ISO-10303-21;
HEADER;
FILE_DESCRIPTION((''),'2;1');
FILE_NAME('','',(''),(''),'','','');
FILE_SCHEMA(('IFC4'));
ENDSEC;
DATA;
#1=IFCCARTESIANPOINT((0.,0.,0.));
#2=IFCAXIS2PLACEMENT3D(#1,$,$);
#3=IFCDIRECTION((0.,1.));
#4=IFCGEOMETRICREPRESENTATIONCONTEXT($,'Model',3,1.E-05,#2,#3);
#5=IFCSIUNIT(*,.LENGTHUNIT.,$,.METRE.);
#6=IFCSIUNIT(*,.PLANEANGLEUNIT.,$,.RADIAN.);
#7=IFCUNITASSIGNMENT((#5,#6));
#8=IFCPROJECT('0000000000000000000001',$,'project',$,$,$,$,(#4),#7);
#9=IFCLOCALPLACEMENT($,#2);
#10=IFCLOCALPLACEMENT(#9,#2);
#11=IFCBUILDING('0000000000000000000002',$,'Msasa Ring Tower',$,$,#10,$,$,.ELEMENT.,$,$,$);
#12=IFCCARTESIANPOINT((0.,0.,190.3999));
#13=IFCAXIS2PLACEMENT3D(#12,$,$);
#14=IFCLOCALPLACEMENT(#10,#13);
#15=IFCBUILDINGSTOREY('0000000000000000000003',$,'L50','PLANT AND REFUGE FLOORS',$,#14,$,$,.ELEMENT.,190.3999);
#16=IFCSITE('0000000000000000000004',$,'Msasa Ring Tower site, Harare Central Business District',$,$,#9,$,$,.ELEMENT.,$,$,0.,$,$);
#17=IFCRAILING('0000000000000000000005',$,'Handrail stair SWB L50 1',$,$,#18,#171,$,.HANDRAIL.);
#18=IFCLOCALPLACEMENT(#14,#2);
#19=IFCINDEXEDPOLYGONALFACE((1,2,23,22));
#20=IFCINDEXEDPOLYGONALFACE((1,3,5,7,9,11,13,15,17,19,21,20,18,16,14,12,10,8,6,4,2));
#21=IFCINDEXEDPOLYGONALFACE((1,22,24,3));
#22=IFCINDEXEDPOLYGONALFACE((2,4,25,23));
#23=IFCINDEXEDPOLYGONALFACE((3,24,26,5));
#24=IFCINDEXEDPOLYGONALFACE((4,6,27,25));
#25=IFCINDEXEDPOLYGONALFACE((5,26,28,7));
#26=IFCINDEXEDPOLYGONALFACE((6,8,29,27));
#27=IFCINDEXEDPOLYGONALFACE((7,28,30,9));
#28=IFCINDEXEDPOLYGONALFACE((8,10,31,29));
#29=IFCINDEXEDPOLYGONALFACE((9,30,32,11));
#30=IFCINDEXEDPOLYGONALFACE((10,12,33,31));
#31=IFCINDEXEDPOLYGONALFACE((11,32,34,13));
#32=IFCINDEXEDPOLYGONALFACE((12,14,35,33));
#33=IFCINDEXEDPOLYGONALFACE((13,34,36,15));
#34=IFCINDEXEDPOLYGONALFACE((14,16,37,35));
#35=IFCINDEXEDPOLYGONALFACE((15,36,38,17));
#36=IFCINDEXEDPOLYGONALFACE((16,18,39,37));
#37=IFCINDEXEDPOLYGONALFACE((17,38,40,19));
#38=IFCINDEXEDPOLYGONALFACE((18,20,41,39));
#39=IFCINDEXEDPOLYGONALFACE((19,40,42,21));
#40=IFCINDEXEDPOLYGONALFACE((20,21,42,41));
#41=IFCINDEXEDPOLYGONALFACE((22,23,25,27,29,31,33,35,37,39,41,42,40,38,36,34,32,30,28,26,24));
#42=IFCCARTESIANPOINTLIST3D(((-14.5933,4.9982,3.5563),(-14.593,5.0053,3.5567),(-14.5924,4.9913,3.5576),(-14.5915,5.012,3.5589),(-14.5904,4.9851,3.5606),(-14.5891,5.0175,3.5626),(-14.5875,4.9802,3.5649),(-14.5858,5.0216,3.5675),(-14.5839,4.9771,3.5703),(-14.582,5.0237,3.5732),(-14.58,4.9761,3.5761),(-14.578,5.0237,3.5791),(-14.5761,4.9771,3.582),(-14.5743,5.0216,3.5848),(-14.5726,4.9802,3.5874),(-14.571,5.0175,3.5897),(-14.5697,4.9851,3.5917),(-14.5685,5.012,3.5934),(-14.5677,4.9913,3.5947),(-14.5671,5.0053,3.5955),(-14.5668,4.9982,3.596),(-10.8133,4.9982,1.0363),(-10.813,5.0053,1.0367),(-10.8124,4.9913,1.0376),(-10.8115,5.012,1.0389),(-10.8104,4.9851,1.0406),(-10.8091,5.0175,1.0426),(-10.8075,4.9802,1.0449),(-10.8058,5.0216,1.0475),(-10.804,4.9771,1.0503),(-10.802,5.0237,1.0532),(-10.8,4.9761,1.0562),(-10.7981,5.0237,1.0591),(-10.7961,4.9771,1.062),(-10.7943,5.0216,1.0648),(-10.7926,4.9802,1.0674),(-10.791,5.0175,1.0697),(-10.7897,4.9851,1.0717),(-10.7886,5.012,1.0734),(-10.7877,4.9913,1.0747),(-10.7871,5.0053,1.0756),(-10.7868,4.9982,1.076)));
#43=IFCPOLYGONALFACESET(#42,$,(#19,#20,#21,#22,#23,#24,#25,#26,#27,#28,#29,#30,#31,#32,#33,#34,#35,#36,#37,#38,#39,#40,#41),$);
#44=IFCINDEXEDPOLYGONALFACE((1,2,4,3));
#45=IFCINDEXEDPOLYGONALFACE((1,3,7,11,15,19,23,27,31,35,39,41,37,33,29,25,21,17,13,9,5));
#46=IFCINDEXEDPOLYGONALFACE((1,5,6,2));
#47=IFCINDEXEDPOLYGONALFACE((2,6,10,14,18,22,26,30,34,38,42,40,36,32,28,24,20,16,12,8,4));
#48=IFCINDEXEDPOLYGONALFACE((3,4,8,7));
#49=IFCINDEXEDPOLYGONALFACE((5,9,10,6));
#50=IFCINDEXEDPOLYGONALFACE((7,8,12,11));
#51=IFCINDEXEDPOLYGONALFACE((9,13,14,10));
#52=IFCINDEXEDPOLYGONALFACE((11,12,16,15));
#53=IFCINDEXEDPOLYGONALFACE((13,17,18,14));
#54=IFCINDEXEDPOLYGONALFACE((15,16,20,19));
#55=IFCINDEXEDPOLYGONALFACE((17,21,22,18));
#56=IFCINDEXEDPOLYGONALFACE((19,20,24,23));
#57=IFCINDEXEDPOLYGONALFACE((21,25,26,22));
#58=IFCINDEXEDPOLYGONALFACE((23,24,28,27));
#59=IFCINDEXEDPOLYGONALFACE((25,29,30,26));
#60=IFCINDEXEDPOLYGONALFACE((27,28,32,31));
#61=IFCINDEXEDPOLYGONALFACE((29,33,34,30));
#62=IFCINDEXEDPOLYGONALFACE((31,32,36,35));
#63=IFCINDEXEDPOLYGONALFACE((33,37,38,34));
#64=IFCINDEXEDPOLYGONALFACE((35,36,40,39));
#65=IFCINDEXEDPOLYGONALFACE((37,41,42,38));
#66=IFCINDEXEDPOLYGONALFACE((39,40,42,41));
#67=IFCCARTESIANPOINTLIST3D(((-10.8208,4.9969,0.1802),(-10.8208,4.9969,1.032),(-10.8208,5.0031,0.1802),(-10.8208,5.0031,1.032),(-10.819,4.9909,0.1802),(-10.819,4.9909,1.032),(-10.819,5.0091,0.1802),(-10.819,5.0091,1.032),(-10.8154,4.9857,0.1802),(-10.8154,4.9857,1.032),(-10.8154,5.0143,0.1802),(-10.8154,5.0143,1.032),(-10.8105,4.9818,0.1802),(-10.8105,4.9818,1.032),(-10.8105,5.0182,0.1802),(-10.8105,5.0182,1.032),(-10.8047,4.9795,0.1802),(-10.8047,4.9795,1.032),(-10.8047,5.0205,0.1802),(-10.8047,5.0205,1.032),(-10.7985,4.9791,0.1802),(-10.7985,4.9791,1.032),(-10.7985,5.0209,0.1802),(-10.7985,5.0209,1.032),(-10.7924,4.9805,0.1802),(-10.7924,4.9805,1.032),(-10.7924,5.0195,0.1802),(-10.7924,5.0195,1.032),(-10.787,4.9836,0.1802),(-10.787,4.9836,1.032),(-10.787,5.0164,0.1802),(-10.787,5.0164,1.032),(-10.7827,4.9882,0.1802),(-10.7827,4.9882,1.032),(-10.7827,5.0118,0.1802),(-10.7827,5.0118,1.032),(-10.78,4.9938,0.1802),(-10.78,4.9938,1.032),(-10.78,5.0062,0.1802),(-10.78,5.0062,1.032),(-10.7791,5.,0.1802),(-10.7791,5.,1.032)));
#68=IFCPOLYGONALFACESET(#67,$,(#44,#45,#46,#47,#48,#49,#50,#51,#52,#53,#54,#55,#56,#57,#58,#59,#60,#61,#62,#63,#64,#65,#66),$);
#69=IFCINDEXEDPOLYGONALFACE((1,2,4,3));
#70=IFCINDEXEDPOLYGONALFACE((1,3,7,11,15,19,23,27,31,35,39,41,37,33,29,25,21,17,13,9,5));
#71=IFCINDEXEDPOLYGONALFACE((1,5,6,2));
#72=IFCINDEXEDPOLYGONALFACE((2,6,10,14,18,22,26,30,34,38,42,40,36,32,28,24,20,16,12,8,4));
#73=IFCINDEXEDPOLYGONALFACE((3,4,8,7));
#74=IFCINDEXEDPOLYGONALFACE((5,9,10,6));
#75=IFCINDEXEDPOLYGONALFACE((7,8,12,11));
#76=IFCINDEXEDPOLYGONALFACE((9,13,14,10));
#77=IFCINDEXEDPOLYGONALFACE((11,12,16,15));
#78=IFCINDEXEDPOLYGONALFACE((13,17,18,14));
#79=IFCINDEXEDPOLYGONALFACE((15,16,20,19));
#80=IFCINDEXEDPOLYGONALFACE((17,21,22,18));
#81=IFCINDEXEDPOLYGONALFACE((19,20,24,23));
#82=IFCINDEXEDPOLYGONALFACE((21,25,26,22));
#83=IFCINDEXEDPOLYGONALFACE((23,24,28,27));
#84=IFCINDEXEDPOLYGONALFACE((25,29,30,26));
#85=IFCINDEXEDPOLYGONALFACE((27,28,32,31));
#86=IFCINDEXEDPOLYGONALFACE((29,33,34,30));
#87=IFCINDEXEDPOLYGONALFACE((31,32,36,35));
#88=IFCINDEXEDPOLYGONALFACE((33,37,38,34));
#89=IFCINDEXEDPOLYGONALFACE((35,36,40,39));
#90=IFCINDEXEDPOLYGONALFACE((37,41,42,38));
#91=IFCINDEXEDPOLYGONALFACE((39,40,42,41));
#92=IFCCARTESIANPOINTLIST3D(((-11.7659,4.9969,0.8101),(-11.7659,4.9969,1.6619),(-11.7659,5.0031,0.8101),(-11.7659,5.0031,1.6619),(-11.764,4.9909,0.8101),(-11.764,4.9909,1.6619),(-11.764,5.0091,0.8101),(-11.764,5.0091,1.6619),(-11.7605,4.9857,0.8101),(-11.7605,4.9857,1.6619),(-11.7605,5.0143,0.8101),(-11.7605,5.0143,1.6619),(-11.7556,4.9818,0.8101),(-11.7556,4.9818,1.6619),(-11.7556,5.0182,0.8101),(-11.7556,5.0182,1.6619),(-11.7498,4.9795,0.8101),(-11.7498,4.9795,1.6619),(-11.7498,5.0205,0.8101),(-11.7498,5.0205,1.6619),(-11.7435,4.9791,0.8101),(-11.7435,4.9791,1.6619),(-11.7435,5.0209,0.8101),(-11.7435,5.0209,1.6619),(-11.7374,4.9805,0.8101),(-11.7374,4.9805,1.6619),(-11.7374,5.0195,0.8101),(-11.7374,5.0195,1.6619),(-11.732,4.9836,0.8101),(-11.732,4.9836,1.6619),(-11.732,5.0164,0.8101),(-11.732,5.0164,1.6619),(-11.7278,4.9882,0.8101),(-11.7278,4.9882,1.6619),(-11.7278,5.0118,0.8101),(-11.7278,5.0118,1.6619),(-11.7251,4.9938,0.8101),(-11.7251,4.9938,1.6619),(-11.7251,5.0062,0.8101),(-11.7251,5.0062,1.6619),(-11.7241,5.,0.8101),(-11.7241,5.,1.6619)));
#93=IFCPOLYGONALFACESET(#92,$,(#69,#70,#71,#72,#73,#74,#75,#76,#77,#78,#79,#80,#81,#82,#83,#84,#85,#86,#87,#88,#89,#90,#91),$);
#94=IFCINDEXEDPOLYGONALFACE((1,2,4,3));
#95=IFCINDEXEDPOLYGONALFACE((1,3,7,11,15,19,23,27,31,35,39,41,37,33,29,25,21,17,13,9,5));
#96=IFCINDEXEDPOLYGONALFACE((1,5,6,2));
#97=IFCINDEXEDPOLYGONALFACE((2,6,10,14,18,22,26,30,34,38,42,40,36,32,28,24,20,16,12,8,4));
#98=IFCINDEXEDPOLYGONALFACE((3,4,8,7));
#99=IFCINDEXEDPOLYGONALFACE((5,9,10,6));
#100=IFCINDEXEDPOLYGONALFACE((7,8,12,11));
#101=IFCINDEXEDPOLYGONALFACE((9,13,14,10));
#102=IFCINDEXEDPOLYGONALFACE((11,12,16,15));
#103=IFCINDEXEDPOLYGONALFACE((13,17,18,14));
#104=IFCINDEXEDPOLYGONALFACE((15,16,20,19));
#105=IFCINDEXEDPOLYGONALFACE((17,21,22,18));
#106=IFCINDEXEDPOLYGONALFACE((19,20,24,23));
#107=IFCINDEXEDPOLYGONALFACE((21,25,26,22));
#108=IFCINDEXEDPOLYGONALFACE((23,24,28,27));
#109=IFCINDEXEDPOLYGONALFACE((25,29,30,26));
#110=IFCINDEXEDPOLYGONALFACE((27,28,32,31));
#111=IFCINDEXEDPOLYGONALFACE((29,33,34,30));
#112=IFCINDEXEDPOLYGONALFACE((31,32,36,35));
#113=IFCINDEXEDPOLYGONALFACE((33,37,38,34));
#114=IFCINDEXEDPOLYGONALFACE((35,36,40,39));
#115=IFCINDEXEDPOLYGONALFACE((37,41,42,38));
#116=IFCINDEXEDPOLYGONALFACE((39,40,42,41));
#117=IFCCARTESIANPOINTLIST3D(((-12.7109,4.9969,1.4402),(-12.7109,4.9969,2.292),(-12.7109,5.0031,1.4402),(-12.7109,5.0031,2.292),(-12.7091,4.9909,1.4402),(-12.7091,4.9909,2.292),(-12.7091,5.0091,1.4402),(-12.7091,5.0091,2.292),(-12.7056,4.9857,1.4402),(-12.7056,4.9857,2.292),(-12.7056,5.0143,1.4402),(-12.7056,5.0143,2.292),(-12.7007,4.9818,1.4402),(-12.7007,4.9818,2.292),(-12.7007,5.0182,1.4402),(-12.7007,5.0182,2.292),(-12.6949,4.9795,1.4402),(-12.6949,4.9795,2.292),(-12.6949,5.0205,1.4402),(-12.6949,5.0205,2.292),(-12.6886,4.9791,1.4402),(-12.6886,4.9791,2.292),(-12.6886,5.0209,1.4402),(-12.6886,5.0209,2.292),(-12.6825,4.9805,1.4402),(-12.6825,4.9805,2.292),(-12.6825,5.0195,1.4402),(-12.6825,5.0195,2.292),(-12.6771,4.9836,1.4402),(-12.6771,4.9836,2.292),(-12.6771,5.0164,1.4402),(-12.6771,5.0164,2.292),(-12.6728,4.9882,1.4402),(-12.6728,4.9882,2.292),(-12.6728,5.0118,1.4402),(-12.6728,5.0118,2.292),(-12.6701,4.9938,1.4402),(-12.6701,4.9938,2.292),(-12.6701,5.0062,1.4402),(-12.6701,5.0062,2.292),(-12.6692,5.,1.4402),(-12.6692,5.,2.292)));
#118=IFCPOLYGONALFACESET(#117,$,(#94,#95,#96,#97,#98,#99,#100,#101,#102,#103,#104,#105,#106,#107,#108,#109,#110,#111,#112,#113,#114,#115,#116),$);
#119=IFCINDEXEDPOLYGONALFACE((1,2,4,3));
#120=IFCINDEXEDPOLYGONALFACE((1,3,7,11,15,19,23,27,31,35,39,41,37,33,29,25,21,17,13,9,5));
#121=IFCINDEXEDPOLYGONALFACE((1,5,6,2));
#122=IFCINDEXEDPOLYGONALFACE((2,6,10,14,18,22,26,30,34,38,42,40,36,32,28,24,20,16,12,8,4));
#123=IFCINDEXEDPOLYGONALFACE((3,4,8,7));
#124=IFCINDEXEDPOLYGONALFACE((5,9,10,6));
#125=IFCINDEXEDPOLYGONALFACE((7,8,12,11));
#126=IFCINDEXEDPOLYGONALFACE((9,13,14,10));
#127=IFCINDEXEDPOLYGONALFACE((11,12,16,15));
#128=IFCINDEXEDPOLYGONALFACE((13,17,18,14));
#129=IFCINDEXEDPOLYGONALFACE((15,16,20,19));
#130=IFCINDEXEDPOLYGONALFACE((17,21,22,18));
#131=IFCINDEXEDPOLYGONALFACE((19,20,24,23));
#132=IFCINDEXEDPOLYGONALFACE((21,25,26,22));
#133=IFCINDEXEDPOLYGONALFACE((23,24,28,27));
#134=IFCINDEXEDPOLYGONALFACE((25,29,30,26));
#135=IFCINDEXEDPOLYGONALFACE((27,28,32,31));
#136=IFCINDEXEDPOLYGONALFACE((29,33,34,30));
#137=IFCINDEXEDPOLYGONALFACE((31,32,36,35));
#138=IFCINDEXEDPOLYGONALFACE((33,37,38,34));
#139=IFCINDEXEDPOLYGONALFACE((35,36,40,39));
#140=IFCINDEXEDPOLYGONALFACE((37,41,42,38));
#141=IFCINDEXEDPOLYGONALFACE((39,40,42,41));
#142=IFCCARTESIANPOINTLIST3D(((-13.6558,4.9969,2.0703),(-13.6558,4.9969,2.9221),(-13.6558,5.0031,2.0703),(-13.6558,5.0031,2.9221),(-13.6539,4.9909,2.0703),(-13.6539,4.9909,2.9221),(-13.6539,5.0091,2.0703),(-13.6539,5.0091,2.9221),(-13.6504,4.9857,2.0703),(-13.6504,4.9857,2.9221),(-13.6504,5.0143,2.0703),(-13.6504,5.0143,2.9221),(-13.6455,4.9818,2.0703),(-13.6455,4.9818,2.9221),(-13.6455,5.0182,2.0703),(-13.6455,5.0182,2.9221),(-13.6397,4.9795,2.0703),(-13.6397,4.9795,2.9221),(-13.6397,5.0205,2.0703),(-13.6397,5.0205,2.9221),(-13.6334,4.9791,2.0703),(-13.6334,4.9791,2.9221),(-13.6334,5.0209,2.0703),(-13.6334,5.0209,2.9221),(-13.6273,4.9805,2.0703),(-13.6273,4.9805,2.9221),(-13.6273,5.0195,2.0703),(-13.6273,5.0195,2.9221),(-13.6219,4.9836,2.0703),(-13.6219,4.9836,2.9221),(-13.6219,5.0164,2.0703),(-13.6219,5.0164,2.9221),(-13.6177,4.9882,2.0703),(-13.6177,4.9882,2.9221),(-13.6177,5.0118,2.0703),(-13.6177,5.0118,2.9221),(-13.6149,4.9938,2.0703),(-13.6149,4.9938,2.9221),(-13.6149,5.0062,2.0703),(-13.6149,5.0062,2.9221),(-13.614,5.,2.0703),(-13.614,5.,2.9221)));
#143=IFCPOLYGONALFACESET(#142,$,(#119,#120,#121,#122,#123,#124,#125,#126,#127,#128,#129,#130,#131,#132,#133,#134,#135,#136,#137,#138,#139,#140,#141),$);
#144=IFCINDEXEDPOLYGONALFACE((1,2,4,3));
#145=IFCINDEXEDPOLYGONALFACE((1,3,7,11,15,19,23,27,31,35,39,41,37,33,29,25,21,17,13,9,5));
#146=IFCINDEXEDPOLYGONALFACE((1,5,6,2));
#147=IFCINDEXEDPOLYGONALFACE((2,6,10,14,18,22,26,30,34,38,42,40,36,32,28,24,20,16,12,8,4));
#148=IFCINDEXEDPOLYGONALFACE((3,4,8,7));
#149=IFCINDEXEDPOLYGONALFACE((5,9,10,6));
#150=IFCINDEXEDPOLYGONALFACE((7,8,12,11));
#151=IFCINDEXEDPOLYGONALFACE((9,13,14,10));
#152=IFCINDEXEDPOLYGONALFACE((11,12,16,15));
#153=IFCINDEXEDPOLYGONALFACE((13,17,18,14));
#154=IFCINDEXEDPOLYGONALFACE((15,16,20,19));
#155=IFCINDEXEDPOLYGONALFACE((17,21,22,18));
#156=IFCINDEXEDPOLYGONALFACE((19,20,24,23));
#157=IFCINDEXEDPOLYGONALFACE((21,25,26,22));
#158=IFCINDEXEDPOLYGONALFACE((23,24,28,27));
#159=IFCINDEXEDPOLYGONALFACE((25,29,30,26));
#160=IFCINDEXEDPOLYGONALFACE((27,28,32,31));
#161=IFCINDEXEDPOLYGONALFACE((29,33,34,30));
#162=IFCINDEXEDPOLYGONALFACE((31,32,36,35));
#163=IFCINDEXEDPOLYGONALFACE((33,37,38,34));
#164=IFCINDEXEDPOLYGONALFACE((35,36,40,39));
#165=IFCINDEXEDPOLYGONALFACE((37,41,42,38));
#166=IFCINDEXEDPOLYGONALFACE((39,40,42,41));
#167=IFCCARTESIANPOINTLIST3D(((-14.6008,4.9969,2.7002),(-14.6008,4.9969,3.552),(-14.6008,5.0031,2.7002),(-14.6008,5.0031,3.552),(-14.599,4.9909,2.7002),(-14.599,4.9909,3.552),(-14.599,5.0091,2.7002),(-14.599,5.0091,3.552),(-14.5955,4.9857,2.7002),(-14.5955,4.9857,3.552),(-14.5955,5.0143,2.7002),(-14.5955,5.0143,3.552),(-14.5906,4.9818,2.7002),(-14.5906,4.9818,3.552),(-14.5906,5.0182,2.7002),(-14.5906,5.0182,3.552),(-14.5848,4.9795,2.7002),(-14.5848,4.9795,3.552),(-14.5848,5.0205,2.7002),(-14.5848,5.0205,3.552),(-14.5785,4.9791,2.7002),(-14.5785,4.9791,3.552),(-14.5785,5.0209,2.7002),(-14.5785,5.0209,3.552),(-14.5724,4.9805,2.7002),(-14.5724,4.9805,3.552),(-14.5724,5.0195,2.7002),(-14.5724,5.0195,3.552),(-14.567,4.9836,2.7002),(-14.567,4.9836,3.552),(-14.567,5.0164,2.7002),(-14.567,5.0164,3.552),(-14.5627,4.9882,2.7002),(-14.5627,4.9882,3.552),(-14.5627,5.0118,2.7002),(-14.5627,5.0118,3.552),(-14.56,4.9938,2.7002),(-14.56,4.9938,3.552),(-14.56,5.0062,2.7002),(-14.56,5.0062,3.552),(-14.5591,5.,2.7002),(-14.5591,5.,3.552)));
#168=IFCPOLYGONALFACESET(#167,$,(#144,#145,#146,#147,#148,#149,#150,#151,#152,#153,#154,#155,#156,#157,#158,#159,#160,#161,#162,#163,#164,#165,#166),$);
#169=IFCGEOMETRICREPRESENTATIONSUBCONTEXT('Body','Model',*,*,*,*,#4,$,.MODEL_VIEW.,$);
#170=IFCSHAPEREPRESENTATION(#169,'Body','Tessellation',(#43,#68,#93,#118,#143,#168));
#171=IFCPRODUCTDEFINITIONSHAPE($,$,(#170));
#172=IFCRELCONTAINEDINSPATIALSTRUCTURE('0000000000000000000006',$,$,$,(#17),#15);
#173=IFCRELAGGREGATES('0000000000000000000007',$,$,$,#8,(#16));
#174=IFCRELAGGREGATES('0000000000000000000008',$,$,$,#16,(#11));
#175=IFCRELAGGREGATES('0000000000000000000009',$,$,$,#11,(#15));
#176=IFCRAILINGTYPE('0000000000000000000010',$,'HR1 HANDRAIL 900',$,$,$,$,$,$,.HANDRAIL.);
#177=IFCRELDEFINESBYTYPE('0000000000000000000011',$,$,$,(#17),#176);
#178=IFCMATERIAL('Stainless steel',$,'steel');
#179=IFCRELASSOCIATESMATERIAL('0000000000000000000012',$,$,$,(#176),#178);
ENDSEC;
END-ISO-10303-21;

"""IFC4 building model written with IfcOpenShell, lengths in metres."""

from ifc_helpers import new_model, si_unit, direction, frame, origin, origin_2d, place, context, subcontext, project, spatial, circle, extrude, material, type_object, element, save


model = new_model("IFC4")

# Units and contexts
model_context = context("Model", 3, precision=1e-05, world=origin(), true_north=direction((0.0, 1.0)))
body_context = subcontext(model_context, "Body", "Model", "MODEL_VIEW")
ifc_project = project(units=[si_unit("LENGTHUNIT", "METRE"), si_unit("PLANEANGLEUNIT", "RADIAN")], contexts=[model_context])

# Site, building, storey
site_placement = place(None, origin())
site = spatial("IfcSite", under=ifc_project, at=site_placement, Name="Msasa Ring Tower site, Harare Central Business District", CompositionType="ELEMENT", RefElevation=0.0)
building_placement = place(site_placement, origin())
building = spatial("IfcBuilding", under=site, at=building_placement, Name="Msasa Ring Tower", CompositionType="ELEMENT")
storey_placement = place(building_placement, frame((0.0, 0.0, 190.3999)))
storey = spatial("IfcBuildingStorey", under=building, at=storey_placement, Name="L50", Description="PLANT AND REFUGE FLOORS", CompositionType="ELEMENT", Elevation=190.3999)

# Railing
ifc_material_1 = material(Name="Stainless steel", Category="steel")
railing_type_1 = type_object("IfcRailingType", Name="HR1 HANDRAIL 900", PredefinedType="HANDRAIL", material=ifc_material_1)
for number, where, name in (
    (1, (-10.8, 5.0, 0.1802), "Handrail stair SWB L50 1"),
):
    element("IfcRailing", number, at=place(storey_placement, frame(where)), inside=storey, type_object=railing_type_1, Name=name, PredefinedType="HANDRAIL", context=body_context, shape_type="SweptSolid", body=[
        extrude(circle(Radius=0.0239, at=origin_2d()), frame((0.0, 0.0, 0.876), z_axis=(-0.83205, 0.0, 0.5547), x_axis=(0.0, -1.0, 0.0)), (0.0, 0.0, 1.0), 4.543),
        extrude(circle(Radius=0.021, at=origin_2d()), origin(), (0.0, 0.0, 1.0), 0.8518),
        extrude(circle(Radius=0.021, at=origin_2d()), frame((-0.9451, 0.0, 0.6299)), (0.0, 0.0, 1.0), 0.8518),
        extrude(circle(Radius=0.021, at=origin_2d()), frame((-1.8901, 0.0, 1.26)), (0.0, 0.0, 1.0), 0.8518),
        extrude(circle(Radius=0.021, at=origin_2d()), frame((-2.835, 0.0, 1.8901)), (0.0, 0.0, 1.0), 0.8518),
        extrude(circle(Radius=0.021, at=origin_2d()), frame((-3.78, 0.0, 2.52)), (0.0, 0.0, 1.0), 0.8518),
    ])

save(model, "model.ifc")
